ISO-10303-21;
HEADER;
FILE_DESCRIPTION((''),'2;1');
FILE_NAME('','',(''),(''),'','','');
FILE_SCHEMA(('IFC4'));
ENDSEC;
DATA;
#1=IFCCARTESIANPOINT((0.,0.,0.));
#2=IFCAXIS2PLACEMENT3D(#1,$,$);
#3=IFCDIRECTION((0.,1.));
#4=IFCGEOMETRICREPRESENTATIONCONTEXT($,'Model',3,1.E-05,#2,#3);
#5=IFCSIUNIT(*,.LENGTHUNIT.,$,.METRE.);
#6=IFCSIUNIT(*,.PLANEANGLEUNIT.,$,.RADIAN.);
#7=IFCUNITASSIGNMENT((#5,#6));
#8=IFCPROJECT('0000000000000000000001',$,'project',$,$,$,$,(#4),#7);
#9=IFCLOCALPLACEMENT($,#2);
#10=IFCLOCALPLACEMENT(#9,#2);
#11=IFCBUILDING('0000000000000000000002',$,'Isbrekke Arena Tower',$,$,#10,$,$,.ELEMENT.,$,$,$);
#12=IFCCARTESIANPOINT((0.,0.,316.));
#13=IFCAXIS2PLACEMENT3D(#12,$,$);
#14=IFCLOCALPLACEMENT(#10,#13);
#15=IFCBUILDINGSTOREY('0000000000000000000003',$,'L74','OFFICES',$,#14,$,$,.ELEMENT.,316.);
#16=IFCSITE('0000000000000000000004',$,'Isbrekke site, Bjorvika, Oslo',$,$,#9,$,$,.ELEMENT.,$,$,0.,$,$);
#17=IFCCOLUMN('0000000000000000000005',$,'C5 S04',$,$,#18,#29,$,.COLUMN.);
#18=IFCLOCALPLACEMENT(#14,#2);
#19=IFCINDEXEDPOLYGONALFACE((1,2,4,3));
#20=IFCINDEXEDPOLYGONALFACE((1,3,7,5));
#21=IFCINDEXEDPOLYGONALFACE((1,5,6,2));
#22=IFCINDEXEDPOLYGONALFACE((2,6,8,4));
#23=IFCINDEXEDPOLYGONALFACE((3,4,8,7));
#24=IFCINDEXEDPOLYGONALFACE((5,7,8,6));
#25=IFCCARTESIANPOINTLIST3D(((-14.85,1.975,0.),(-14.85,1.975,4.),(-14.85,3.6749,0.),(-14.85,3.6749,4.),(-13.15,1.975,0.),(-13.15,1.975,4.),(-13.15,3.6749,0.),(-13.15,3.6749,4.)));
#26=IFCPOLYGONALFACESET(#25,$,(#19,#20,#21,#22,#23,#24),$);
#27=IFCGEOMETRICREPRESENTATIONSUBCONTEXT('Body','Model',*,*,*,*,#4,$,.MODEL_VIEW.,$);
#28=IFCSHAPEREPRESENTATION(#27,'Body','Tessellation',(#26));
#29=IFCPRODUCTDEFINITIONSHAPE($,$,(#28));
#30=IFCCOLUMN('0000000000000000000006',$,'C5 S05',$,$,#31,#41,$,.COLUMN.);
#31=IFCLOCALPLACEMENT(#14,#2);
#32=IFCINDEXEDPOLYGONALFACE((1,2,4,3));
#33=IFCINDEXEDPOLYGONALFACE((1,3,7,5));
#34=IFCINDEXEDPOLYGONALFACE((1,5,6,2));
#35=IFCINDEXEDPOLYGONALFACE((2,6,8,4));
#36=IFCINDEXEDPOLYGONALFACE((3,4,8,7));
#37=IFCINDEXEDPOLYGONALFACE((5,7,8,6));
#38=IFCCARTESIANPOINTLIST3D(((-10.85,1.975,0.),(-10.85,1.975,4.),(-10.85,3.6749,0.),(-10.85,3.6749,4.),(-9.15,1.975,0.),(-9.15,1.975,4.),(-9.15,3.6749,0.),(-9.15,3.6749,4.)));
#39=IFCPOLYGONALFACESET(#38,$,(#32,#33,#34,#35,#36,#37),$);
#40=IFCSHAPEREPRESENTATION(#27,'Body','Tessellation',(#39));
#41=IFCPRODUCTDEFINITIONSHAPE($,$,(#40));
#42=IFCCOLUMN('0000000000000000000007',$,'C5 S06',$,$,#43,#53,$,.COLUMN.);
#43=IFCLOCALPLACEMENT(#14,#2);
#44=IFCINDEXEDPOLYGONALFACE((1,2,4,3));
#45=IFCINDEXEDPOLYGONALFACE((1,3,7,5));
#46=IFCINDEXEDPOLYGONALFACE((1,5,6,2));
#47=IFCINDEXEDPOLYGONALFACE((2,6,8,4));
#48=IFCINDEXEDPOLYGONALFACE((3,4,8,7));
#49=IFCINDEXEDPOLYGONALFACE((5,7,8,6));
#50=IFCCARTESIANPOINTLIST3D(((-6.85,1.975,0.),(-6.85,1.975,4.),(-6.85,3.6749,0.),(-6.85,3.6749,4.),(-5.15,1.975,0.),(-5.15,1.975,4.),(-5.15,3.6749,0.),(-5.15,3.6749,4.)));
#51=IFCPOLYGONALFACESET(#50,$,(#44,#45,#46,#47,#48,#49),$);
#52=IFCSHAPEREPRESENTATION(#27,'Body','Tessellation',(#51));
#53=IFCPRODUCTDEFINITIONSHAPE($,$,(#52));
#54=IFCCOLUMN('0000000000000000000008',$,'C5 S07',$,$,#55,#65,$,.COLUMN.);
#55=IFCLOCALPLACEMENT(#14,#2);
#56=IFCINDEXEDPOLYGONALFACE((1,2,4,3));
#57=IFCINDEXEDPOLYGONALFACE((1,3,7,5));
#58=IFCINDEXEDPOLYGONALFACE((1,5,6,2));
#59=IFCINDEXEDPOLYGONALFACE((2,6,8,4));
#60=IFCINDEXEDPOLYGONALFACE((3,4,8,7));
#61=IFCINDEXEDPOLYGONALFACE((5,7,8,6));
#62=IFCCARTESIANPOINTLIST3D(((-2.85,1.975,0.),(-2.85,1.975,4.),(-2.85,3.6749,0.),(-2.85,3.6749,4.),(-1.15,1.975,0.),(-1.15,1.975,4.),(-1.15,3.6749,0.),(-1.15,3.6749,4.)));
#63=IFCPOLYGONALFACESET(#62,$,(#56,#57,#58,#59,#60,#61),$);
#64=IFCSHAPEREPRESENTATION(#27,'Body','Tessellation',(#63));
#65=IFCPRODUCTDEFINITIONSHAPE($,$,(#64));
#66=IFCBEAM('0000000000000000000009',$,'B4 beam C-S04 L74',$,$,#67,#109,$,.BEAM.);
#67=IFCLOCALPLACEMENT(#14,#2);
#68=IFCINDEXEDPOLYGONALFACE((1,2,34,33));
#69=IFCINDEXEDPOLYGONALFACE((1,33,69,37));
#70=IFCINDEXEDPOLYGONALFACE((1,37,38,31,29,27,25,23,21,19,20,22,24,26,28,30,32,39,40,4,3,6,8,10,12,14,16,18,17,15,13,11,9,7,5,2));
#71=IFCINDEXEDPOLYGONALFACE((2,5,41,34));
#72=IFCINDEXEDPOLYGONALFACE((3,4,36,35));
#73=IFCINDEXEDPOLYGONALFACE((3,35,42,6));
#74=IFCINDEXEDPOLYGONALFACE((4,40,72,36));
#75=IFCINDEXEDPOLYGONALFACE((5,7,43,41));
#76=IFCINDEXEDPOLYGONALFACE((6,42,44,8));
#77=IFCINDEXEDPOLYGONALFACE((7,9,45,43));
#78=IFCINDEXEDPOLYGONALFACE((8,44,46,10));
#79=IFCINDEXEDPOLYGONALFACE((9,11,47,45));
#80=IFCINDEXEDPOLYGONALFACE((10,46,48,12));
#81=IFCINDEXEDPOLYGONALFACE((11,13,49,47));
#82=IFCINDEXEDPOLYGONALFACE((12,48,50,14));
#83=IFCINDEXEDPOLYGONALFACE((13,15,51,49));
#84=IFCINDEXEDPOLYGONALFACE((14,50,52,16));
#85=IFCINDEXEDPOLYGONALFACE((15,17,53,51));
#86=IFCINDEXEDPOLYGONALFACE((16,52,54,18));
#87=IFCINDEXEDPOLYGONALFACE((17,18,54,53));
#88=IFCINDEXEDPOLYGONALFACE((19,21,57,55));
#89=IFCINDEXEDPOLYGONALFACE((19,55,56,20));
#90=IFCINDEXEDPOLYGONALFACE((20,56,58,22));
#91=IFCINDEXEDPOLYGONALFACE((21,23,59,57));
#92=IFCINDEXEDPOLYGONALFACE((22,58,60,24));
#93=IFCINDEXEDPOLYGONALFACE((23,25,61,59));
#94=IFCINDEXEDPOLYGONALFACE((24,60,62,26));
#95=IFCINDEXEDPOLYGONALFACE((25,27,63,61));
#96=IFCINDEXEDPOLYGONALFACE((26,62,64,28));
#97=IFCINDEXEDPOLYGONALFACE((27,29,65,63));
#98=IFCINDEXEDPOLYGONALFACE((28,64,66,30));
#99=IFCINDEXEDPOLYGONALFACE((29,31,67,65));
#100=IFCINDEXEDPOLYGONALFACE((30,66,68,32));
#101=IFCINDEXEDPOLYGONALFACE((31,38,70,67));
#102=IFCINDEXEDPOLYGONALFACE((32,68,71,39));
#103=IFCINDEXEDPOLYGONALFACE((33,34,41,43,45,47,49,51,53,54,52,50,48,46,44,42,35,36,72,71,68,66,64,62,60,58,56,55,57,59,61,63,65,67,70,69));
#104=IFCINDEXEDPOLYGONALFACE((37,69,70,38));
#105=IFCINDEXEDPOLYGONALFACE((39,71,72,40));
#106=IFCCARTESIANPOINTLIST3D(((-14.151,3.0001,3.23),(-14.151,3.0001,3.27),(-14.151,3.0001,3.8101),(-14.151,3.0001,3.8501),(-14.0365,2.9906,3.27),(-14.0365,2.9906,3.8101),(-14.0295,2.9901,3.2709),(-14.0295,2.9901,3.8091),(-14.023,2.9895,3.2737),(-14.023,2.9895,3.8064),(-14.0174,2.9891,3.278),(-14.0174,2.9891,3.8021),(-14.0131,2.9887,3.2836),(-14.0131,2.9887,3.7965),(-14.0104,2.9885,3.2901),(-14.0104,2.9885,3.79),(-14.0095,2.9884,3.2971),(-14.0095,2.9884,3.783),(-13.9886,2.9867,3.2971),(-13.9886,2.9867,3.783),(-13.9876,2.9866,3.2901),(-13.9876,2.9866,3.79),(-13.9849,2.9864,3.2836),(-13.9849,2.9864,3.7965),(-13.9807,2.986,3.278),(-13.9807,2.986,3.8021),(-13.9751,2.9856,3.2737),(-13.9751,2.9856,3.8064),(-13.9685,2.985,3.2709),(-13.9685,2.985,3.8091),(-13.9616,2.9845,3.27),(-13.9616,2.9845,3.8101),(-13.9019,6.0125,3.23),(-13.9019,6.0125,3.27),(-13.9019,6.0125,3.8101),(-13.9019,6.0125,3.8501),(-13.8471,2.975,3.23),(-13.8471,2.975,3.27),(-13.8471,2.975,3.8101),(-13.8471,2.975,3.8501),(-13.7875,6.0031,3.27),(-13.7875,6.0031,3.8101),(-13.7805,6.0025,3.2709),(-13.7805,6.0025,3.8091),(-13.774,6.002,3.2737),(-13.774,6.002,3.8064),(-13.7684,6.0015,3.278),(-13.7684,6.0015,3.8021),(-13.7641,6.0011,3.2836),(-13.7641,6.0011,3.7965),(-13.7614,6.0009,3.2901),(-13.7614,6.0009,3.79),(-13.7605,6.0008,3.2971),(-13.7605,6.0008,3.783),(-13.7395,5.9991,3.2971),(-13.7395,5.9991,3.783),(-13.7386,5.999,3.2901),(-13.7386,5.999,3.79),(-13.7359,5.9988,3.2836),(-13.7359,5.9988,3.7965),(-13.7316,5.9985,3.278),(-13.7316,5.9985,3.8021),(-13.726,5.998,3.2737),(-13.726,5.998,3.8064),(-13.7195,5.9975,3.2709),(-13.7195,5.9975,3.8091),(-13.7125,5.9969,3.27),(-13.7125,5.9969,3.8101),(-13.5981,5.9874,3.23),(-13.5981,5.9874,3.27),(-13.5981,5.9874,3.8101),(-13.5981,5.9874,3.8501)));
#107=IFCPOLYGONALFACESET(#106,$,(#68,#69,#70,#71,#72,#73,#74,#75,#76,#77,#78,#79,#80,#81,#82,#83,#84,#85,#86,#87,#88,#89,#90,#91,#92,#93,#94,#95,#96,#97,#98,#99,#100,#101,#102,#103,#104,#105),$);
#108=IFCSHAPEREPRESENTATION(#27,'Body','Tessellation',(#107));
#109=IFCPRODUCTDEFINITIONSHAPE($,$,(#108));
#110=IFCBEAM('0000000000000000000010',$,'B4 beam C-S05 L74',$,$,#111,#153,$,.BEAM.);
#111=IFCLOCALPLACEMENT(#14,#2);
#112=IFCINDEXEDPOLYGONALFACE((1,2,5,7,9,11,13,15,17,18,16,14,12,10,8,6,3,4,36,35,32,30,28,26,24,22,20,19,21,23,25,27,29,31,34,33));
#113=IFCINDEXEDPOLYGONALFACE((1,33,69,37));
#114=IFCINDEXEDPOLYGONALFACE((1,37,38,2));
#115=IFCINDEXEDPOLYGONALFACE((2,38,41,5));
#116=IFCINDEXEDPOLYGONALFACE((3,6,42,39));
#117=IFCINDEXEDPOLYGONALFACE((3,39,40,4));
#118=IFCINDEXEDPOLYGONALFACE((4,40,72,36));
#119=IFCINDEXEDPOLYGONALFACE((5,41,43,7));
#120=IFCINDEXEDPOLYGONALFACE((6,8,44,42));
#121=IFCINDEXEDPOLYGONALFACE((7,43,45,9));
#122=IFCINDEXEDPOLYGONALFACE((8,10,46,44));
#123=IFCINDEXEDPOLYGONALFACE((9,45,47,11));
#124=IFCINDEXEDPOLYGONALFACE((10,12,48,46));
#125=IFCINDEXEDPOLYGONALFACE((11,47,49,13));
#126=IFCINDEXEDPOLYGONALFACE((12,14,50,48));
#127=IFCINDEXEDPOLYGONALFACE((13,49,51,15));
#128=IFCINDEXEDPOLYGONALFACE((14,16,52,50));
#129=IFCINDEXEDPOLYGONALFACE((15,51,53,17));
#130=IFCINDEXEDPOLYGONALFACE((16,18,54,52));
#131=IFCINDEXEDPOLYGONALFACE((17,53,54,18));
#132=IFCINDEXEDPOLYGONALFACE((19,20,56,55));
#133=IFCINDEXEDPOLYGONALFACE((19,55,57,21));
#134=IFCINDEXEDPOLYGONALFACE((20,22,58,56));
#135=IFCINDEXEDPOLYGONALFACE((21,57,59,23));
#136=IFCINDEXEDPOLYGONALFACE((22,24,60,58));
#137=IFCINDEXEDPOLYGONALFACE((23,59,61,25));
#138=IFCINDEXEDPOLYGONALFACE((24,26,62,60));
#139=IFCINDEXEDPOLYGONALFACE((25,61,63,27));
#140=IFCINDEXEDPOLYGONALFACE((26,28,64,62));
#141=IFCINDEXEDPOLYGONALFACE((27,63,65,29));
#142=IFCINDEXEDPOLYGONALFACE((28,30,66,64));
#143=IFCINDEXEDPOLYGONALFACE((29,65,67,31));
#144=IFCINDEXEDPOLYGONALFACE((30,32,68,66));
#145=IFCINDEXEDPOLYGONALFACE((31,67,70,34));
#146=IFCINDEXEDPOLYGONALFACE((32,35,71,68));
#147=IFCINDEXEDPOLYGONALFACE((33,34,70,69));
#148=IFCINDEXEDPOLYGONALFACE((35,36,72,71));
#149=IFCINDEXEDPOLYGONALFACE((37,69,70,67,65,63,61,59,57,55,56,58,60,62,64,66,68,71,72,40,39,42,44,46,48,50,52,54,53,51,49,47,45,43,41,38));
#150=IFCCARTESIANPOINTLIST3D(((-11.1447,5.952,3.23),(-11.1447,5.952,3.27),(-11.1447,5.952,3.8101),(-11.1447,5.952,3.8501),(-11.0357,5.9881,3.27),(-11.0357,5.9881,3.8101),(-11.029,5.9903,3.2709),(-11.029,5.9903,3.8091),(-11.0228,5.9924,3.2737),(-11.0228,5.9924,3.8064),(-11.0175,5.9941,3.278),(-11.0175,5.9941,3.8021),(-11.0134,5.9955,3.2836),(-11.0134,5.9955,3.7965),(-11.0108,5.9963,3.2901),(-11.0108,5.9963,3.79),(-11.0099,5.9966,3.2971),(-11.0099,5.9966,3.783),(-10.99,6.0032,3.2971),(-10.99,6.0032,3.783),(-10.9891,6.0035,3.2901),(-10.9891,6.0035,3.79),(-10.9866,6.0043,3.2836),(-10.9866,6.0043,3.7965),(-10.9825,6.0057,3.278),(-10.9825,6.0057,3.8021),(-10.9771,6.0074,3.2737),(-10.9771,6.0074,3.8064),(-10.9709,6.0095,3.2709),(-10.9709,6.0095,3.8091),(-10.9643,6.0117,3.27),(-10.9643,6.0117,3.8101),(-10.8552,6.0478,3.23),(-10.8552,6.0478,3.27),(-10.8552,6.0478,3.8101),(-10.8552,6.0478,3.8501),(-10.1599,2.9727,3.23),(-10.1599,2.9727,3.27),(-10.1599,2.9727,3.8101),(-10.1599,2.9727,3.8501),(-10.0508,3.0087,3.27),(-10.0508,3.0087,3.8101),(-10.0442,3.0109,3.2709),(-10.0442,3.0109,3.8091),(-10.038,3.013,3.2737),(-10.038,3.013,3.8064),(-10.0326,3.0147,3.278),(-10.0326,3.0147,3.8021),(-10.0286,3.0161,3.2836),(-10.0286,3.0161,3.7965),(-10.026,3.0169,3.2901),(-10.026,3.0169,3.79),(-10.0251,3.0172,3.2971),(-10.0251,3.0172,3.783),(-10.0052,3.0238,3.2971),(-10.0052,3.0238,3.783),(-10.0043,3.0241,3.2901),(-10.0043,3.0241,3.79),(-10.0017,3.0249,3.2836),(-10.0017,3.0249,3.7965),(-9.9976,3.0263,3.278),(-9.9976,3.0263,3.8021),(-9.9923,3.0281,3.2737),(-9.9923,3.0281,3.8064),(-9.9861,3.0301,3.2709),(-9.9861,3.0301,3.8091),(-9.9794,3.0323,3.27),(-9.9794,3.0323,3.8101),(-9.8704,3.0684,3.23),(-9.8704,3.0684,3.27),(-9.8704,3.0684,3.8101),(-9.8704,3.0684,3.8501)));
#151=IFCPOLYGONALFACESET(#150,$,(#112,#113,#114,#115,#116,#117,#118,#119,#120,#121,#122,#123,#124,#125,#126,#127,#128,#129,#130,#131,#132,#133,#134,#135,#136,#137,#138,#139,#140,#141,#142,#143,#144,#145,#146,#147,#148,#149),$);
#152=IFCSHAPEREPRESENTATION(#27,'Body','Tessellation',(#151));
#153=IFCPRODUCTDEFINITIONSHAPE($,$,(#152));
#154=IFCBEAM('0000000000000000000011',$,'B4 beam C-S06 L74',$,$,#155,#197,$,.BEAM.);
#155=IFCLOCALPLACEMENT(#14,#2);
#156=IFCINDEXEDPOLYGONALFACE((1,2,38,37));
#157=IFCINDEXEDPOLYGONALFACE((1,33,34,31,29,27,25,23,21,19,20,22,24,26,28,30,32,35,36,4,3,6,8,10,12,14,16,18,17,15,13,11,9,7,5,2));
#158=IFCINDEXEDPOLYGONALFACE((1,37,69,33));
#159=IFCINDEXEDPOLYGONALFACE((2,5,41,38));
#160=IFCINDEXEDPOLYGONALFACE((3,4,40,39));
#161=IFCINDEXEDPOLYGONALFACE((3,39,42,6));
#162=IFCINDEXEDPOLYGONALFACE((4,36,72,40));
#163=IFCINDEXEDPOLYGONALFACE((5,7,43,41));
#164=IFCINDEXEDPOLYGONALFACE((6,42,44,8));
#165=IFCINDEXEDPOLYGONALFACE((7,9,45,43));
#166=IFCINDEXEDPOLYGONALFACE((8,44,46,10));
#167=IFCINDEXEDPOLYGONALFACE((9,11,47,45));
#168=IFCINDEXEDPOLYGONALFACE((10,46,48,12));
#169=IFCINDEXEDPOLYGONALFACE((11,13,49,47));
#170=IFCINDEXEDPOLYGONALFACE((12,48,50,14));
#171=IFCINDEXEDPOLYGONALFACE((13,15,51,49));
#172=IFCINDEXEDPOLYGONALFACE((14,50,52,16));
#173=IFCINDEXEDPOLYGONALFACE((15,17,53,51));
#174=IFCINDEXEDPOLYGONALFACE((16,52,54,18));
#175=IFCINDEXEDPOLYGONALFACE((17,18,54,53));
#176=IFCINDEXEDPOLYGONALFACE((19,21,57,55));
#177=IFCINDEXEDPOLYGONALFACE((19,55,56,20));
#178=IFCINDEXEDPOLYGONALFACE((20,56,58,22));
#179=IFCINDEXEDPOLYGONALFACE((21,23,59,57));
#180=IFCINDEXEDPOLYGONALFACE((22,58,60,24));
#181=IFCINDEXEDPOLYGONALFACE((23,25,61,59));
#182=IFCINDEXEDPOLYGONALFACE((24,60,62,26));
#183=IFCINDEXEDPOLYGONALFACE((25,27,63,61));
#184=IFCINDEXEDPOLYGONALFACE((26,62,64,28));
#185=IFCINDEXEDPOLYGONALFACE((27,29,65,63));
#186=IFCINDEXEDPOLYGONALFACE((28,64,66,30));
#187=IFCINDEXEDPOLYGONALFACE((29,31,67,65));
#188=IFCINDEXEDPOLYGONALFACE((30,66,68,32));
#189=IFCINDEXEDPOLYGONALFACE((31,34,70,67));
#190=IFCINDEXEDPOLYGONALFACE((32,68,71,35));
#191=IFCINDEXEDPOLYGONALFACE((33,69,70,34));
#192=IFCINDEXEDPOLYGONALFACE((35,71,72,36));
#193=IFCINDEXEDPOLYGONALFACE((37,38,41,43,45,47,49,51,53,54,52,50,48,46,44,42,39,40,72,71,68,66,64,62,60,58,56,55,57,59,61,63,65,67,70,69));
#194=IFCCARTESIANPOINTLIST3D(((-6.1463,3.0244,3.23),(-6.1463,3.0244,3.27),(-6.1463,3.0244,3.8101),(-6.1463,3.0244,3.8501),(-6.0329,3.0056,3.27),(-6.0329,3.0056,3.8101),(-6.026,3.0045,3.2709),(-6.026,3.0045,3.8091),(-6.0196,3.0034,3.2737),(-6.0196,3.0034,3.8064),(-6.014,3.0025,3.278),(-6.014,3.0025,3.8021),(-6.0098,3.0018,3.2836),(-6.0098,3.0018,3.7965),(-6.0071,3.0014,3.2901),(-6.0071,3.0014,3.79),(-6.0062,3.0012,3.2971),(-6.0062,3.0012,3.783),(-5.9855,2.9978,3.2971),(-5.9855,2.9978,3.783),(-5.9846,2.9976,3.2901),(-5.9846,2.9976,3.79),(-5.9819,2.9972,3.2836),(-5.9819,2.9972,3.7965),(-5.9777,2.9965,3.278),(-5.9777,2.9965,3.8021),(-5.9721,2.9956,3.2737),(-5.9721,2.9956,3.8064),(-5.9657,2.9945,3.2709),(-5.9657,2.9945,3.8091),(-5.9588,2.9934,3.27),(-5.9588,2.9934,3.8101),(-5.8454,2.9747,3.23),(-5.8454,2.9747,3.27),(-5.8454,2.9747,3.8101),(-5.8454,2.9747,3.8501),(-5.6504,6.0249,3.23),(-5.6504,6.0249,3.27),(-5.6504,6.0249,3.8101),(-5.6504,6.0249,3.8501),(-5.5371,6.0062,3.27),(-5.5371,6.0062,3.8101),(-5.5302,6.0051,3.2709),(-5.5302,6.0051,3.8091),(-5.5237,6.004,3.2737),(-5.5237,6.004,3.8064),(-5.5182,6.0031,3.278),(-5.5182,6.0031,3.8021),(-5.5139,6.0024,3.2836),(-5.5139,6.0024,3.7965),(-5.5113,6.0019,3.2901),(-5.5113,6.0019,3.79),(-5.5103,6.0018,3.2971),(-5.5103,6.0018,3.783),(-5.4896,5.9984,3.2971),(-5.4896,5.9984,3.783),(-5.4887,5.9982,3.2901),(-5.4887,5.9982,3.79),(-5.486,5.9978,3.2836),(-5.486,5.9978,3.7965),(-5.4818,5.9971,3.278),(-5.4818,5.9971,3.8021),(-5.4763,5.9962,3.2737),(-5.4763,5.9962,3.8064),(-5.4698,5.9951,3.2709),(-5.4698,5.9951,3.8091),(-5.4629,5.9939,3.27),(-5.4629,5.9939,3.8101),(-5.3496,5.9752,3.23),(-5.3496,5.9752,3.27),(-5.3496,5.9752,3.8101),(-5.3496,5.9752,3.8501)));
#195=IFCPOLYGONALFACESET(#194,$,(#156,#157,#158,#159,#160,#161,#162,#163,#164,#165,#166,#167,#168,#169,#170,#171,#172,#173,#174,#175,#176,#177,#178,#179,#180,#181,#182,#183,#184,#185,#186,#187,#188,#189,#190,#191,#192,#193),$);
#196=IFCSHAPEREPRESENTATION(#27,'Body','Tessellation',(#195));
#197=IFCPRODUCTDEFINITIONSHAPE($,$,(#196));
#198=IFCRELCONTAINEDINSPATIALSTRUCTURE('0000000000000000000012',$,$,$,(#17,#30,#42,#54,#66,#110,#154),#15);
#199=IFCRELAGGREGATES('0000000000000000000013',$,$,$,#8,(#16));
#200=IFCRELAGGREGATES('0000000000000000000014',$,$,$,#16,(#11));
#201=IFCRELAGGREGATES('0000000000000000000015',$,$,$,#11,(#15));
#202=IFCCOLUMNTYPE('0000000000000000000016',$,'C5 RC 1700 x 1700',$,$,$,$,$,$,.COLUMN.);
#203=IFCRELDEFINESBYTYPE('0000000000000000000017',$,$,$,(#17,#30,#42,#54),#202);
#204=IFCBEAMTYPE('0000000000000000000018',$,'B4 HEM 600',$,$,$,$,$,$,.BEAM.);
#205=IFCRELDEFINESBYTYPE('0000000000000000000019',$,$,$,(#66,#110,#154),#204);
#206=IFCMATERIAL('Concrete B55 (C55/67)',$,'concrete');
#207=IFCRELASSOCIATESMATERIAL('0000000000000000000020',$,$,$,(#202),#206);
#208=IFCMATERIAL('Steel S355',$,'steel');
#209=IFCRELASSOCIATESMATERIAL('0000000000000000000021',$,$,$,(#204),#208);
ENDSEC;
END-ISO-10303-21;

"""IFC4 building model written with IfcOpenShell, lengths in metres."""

from ifc_helpers import new_model, si_unit, direction, frame, origin, origin_2d, place, context, subcontext, project, spatial, rectangle, i_section, extrude, material, material_profile, profile_set, type_object, element, save


model = new_model("IFC4")

# Units and contexts
model_context = context("Model", 3, precision=1e-05, world=origin(), true_north=direction((0.0, 1.0)))
body_context = subcontext(model_context, "Body", "Model", "MODEL_VIEW")
ifc_project = project(units=[si_unit("LENGTHUNIT", "METRE"), si_unit("PLANEANGLEUNIT", "RADIAN")], contexts=[model_context])

# Site, building, storey
site_placement = place(None, origin())
site = spatial("IfcSite", under=ifc_project, at=site_placement, Name="Isbrekke site, Bjorvika, Oslo", CompositionType="ELEMENT", RefElevation=0.0)
building_placement = place(site_placement, origin())
building = spatial("IfcBuilding", under=site, at=building_placement, Name="Isbrekke Arena Tower", CompositionType="ELEMENT")
storey_placement = place(building_placement, frame((0.0, 0.0, 316.0)))
storey = spatial("IfcBuildingStorey", under=building, at=storey_placement, Name="L74", Description="OFFICES", CompositionType="ELEMENT", Elevation=316.0)

# Columns
ifc_material_1 = material(Name="Concrete B55 (C55/67)", Category="concrete")
ifc_material_profile_1 = material_profile(ifc_material_1, rectangle(XDim=1.7, YDim=1.7, at=origin_2d()), Name="RC 1700x1700")
ifc_profile_set_1 = profile_set([ifc_material_profile_1], Name="Concrete B55 (C55/67)")
column_type = type_object("IfcColumnType", Name="C5 RC 1700 x 1700", PredefinedType="COLUMN", material=ifc_profile_set_1)
for number, where, z_axis, x_axis, name in (
    (1, (-14.0, 2.825, 0.0), (0.0, 0.0, 1.0), (1.0, 0.0, 0.0), "C5 S04"),
    (2, (-10.0, 2.825, 0.0), (0.0, 0.0, 1.0), (1.0, 0.0, 0.0), "C5 S05"),
    (3, (-6.0, 2.825, 0.0), (0.0, 0.0, 1.0), (1.0, 0.0, 0.0), "C5 S06"),
    (4, (-2.0, 2.825, 0.0), (0.0, 0.0, 1.0), (1.0, 0.0, 0.0), "C5 S07"),
):
    element("IfcColumn", number, at=place(storey_placement, frame(where, z_axis=z_axis, x_axis=x_axis)), inside=storey, type_object=column_type, Name=name, PredefinedType="COLUMN", context=body_context, shape_type="SweptSolid", body=[
        extrude(rectangle(XDim=1.7, YDim=1.7, at=origin_2d()), origin(), (0.0, 0.0, 1.0), 4.0),
    ])

# Beams
ifc_material_2 = material(Name="Steel S355", Category="steel")
ifc_material_profile_2 = material_profile(ifc_material_2, i_section(OverallWidth=0.3049, OverallDepth=0.6201, WebThickness=0.021, FlangeThickness=0.04, FilletRadius=0.0271, at=origin_2d()), Name="HEM 600")
ifc_profile_set_2 = profile_set([ifc_material_profile_2], Name="Steel S355")
beam_type_1 = type_object("IfcBeamType", Name="B4 HEM 600", PredefinedType="BEAM", material=ifc_profile_set_2)
beam_1_placement = place(storey_placement, frame((-13.999, 2.9875, 3.54), z_axis=(0.082384, 0.996601, 0.0), x_axis=(-0.996601, 0.082384, 0.0)))
element("IfcBeam", 5, at=beam_1_placement, inside=storey, type_object=beam_type_1, Name="B4 beam C-S04 L74", PredefinedType="BEAM", context=body_context, shape_type="SweptSolid", body=[
    extrude(i_section(OverallWidth=0.3049, OverallDepth=0.6201, WebThickness=0.021, FlangeThickness=0.04, FilletRadius=0.0271, at=origin_2d()), origin(), (0.0, 0.0, 1.0), 3.0227),
])
beam_2_placement = place(storey_placement, frame((-10.0151, 3.0205, 3.54), z_axis=(-0.313846, 0.949474, 0.0), x_axis=(-0.949474, -0.313846, 0.0)))
element("IfcBeam", 6, at=beam_2_placement, inside=storey, type_object=beam_type_1, Name="B4 beam C-S05 L74", PredefinedType="BEAM", context=body_context, shape_type="SweptSolid", body=[
    extrude(i_section(OverallWidth=0.3049, OverallDepth=0.6201, WebThickness=0.021, FlangeThickness=0.04, FilletRadius=0.0271, at=origin_2d()), origin(), (0.0, 0.0, 1.0), 3.1379),
])
beam_3_placement = place(storey_placement, frame((-5.9958, 2.9995, 3.54), z_axis=(0.163045, 0.986619, 0.0), x_axis=(-0.986619, 0.163045, 0.0)))
element("IfcBeam", 7, at=beam_3_placement, inside=storey, type_object=beam_type_1, Name="B4 beam C-S06 L74", PredefinedType="BEAM", context=body_context, shape_type="SweptSolid", body=[
    extrude(i_section(OverallWidth=0.3049, OverallDepth=0.6201, WebThickness=0.021, FlangeThickness=0.04, FilletRadius=0.0271, at=origin_2d()), origin(), (0.0, 0.0, 1.0), 3.0413),
])

save(model, "model.ifc")
